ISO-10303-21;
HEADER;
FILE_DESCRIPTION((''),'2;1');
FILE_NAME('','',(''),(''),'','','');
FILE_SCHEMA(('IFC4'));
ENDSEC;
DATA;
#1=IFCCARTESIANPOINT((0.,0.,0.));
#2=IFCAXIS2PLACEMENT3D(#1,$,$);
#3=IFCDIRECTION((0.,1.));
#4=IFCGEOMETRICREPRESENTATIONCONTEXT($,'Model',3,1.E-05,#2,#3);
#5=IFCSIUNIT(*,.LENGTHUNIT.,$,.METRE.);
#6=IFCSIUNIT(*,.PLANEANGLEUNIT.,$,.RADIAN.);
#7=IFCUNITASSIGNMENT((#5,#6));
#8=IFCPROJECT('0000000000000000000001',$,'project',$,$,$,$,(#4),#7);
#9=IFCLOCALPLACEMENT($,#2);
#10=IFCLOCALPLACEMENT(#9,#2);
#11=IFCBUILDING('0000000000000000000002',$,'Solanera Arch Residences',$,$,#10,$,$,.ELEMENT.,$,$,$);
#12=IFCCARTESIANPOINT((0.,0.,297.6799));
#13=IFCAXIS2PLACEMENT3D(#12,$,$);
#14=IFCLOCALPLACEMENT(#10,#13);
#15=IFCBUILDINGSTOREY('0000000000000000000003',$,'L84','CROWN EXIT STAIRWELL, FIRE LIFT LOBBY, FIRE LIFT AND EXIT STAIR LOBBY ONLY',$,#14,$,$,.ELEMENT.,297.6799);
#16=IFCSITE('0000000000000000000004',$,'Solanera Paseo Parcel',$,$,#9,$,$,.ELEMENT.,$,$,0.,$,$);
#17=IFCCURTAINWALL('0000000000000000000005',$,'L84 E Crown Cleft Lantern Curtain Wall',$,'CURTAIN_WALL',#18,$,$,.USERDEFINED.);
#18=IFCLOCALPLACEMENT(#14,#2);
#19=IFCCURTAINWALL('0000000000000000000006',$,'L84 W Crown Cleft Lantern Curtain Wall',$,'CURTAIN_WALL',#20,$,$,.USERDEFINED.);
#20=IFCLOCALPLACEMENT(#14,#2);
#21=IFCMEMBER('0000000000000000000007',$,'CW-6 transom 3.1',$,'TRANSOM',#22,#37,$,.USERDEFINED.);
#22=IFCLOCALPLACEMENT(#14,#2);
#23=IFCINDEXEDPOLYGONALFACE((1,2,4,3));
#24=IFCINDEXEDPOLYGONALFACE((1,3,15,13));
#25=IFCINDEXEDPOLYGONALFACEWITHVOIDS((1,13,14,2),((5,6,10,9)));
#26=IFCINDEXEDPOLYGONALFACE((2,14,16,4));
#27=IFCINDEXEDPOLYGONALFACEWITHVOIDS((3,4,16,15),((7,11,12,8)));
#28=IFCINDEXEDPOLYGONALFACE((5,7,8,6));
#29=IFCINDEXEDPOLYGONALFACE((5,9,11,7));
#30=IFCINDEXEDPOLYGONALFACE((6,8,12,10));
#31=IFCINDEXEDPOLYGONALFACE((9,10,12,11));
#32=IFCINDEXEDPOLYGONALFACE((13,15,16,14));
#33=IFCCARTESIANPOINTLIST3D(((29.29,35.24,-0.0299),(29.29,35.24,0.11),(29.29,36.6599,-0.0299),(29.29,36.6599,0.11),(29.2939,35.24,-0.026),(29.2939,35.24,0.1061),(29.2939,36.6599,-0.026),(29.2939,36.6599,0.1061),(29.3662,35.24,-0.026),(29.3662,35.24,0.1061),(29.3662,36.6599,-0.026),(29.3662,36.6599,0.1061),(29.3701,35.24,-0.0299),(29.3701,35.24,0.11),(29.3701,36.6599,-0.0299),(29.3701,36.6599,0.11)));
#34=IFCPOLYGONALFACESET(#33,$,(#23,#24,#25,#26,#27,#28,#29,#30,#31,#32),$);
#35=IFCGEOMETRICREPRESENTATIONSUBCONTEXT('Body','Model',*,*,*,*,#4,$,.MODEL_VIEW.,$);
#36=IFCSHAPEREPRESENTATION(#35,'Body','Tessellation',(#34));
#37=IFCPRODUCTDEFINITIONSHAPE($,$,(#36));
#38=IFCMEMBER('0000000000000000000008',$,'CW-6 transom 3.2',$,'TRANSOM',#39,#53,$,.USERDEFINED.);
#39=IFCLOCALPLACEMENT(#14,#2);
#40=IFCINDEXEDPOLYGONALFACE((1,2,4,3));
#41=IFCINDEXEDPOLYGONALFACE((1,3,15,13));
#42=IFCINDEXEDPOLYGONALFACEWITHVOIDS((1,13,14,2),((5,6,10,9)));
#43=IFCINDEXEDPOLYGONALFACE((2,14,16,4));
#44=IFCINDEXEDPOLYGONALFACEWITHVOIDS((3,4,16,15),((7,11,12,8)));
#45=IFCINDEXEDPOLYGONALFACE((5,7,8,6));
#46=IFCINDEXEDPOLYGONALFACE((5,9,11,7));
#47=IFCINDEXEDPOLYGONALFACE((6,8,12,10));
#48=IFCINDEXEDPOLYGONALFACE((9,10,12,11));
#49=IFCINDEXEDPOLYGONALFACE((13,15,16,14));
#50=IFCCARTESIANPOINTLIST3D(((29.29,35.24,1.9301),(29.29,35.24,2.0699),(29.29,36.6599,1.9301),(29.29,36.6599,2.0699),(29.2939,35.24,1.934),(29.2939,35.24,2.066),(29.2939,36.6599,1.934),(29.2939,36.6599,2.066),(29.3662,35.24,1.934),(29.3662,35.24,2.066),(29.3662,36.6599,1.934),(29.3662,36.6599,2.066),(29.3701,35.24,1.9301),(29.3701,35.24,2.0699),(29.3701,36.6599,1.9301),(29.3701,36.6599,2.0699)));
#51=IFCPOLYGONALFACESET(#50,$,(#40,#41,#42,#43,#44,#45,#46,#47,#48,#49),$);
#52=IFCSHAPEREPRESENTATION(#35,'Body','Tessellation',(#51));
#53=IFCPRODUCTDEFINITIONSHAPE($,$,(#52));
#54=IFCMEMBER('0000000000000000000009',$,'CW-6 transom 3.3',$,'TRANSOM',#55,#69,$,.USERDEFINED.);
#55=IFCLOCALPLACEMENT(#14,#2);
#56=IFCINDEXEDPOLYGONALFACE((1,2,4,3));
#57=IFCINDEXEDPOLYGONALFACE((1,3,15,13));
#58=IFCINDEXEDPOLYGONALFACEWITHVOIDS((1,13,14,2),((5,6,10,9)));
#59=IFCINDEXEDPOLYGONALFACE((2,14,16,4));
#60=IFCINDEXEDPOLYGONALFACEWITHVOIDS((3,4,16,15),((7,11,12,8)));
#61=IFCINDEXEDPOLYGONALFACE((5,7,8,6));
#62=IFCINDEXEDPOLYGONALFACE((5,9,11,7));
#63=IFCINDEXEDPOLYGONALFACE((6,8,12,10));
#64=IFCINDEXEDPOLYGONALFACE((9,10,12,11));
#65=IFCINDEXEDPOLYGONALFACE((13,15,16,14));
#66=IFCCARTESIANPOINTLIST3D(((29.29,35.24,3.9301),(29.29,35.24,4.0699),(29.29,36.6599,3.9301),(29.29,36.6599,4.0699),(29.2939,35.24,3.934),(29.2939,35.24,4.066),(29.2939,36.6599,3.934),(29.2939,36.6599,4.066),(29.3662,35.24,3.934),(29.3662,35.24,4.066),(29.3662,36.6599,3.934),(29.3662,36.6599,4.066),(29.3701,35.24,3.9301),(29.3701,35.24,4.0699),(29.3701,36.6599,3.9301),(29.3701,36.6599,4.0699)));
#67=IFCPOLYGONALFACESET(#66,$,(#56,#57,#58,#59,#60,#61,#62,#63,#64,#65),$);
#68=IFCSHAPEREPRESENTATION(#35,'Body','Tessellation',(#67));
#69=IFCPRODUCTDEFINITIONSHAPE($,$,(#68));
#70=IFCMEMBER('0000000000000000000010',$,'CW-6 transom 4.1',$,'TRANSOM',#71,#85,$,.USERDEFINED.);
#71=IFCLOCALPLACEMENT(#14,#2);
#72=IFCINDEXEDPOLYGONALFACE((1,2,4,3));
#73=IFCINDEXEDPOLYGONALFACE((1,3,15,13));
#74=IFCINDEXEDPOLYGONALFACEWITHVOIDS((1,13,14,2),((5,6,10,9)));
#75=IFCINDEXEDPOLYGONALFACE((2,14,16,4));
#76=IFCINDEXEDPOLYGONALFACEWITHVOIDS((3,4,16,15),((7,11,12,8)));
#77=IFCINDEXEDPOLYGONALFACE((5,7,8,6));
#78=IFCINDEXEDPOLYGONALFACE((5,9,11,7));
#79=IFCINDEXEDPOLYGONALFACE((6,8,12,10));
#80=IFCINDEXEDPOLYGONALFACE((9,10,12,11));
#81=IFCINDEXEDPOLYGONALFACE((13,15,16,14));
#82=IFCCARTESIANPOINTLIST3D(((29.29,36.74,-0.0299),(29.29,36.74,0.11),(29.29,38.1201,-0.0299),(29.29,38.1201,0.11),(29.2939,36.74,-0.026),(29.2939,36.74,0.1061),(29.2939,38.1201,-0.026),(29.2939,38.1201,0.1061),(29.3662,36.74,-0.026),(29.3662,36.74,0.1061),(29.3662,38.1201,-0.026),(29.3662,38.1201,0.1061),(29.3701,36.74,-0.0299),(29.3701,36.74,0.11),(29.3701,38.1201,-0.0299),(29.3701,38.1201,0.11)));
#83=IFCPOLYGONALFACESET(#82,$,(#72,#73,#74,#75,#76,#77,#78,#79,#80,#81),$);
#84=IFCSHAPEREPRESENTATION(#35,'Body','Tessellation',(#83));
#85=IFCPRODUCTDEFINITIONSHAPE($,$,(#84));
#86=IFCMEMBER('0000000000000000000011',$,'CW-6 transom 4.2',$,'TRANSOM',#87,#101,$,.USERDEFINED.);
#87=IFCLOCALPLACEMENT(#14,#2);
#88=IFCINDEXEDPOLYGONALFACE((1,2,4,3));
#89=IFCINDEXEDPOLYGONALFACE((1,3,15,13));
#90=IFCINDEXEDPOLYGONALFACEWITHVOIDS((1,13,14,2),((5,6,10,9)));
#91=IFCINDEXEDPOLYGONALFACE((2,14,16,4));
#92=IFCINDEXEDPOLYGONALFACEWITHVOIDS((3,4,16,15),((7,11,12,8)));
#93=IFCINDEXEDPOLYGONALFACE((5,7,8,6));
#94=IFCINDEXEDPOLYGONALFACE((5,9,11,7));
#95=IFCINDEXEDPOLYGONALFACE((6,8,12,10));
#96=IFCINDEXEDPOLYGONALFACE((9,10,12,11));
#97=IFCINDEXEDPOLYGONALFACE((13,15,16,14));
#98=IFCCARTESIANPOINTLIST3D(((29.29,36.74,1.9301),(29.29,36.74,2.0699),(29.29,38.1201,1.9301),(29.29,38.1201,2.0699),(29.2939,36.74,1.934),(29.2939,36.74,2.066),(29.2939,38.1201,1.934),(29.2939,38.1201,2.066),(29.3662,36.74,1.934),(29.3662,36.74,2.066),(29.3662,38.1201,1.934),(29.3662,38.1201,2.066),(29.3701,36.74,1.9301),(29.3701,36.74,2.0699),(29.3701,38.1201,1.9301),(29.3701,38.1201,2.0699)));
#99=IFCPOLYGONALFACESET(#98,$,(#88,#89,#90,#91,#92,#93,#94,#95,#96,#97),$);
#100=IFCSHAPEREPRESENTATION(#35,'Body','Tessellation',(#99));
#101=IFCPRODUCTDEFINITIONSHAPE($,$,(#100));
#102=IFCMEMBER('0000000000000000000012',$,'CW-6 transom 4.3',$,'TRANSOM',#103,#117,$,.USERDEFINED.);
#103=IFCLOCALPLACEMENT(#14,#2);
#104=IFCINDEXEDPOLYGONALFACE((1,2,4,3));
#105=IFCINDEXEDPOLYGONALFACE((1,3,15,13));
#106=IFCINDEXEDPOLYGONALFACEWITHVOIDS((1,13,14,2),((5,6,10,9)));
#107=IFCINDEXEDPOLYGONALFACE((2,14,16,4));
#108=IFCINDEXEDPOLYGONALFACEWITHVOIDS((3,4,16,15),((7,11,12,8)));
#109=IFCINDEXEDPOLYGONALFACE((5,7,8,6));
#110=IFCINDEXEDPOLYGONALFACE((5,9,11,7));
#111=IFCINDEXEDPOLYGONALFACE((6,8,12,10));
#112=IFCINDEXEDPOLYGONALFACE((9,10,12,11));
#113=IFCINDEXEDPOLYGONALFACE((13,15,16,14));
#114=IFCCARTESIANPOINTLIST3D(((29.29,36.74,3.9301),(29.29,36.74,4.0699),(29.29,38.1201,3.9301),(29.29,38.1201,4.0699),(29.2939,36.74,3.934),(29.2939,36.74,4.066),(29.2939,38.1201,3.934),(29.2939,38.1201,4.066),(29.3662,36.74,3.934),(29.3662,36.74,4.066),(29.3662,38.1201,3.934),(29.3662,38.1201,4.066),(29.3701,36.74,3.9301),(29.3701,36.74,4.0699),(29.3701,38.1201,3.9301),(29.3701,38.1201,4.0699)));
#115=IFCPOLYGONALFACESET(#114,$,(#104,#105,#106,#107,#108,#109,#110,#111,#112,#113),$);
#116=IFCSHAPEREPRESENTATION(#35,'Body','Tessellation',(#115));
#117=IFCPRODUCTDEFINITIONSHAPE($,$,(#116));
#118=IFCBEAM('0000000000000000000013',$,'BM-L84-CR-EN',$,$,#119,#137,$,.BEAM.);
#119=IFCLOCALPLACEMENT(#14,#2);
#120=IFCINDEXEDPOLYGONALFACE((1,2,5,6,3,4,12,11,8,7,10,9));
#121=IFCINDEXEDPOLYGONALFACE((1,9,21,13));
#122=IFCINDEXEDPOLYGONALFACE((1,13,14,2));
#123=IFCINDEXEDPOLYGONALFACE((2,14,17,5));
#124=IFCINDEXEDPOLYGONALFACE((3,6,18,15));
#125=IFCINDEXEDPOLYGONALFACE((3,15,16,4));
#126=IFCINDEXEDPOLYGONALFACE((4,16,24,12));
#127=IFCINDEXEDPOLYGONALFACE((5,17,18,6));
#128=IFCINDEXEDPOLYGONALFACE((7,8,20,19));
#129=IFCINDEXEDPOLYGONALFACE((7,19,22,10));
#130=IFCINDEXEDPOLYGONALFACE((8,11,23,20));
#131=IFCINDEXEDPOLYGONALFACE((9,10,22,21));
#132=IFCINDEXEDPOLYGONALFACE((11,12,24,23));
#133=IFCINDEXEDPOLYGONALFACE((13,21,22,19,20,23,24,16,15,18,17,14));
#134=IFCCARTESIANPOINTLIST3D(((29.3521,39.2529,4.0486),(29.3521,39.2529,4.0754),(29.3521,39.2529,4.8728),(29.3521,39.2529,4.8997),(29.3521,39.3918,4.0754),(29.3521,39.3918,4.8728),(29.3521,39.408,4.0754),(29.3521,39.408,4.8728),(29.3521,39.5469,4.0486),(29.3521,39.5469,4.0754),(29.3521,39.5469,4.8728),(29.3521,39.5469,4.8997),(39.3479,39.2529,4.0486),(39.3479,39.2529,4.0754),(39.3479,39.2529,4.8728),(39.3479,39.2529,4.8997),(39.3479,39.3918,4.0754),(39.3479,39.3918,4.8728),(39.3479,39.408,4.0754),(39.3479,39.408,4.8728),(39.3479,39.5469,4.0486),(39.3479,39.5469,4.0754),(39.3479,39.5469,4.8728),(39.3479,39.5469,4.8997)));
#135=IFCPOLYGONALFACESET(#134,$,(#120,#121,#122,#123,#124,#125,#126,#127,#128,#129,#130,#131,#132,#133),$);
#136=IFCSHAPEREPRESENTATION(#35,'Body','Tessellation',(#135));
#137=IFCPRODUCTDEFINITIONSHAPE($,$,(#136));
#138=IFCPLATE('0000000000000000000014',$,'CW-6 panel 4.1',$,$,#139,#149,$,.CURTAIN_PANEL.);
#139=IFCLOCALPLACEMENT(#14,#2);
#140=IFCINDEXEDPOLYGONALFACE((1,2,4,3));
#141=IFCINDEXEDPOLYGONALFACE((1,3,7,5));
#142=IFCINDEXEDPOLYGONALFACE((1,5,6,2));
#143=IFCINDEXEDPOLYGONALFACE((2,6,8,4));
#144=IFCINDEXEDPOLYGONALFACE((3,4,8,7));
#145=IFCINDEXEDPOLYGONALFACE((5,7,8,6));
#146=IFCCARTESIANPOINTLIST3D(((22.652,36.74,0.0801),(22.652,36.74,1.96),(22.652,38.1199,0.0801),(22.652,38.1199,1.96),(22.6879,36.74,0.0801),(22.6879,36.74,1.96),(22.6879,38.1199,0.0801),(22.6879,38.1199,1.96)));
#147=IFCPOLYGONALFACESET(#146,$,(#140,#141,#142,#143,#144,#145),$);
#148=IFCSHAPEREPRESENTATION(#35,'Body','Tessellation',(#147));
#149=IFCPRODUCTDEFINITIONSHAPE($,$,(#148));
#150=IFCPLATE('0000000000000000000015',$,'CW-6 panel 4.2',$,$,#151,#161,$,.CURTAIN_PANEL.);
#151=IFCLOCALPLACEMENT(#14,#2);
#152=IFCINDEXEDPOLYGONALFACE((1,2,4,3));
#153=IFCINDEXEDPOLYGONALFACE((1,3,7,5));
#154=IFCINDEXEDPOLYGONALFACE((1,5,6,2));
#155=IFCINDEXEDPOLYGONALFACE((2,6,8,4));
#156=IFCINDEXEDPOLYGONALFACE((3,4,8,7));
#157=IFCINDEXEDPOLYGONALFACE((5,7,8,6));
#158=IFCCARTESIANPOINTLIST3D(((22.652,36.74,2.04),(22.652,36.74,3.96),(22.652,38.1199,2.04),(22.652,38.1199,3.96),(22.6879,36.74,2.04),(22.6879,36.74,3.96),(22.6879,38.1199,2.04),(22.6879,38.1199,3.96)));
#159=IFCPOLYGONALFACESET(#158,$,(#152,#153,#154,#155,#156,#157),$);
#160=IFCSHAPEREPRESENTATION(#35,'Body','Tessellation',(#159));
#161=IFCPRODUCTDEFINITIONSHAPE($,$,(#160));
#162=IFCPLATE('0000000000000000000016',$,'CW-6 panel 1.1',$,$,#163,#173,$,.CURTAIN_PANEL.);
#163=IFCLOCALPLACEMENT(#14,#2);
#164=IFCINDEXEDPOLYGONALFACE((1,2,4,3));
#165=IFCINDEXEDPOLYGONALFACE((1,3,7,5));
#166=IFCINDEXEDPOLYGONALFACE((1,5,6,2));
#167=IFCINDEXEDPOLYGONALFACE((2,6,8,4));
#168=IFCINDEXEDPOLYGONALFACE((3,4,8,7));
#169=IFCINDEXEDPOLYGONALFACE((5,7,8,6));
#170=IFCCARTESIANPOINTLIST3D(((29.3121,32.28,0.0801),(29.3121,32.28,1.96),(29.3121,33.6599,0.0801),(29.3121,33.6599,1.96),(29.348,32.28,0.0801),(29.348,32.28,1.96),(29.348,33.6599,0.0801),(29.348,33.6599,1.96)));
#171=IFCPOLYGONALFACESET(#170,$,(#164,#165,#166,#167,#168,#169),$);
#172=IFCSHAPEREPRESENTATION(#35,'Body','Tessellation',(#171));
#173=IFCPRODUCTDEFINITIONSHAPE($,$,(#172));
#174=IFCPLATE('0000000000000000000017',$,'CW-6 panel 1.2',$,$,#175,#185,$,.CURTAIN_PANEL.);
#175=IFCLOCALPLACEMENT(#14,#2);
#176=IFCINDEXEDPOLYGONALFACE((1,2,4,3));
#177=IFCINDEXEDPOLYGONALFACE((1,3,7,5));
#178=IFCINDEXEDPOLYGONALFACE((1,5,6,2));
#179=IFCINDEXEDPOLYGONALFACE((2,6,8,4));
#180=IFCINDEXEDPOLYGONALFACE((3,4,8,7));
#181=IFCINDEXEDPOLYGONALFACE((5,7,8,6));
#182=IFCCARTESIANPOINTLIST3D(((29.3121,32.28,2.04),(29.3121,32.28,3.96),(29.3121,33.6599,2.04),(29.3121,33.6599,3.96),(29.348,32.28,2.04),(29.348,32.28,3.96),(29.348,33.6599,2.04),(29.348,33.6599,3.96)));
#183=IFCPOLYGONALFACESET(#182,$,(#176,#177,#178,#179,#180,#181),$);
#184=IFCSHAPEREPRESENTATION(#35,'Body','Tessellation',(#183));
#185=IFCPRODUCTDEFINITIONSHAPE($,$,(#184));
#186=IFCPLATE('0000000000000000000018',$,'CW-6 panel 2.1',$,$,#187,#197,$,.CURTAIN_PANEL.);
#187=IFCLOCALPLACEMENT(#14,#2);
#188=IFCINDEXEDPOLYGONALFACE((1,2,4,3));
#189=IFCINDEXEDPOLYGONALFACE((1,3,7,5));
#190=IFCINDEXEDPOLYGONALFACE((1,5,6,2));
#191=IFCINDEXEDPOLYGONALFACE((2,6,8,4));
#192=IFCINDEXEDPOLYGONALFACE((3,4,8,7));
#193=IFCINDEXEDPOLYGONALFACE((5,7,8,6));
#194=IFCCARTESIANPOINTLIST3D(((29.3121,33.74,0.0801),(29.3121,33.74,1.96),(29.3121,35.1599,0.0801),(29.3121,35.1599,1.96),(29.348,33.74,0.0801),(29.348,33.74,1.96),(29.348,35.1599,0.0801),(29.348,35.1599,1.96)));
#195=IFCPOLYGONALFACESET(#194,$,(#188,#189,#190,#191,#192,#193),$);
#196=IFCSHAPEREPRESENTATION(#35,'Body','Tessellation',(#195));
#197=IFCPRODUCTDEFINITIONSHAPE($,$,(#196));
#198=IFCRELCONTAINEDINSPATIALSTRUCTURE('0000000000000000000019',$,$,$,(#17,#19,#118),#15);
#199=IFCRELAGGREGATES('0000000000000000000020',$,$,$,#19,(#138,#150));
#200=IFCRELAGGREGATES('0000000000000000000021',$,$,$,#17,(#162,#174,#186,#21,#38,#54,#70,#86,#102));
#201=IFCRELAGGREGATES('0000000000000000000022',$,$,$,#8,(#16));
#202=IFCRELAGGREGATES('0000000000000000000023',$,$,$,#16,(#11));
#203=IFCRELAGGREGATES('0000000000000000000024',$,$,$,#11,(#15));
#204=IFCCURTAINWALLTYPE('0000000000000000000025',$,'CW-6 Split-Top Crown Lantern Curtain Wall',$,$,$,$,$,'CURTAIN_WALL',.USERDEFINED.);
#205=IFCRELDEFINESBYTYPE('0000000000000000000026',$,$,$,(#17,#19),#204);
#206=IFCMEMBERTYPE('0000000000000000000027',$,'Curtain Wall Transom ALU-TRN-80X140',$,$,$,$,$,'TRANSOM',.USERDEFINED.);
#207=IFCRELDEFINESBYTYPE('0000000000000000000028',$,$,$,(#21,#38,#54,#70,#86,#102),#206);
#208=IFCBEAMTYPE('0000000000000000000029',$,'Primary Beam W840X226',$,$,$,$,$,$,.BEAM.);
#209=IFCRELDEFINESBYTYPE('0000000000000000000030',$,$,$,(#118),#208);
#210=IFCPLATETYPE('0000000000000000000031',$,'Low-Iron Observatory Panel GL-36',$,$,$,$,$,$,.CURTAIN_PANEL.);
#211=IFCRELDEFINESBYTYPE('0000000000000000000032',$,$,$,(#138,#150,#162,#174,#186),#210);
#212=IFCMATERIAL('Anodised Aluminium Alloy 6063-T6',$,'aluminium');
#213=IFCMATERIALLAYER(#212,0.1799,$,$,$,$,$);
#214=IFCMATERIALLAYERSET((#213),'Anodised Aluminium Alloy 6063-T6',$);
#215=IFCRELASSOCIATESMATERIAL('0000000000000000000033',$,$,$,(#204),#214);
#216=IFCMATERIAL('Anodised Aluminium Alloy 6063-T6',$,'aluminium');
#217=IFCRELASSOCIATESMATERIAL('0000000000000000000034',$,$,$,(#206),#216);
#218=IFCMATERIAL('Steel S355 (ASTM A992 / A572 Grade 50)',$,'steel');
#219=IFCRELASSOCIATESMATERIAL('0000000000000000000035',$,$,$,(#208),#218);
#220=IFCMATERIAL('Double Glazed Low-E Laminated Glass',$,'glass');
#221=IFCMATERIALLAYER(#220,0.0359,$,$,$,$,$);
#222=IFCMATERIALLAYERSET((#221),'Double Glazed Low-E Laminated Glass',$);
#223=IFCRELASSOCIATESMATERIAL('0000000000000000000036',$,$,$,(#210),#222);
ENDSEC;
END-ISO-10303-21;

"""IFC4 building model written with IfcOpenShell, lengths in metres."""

from ifc_helpers import new_model, si_unit, direction, frame, origin, origin_2d, place, context, subcontext, project, spatial, rectangle, hollow_rectangle, i_section, extrude, material, layer, layer_set, material_profile, profile_set, type_object, element, aggregate, save


model = new_model("IFC4")

# Units and contexts
model_context = context("Model", 3, precision=1e-05, world=origin(), true_north=direction((0.0, 1.0)))
body_context = subcontext(model_context, "Body", "Model", "MODEL_VIEW")
ifc_project = project(units=[si_unit("LENGTHUNIT", "METRE"), si_unit("PLANEANGLEUNIT", "RADIAN")], contexts=[model_context])

# Site, building, storey
site_placement = place(None, origin())
site = spatial("IfcSite", under=ifc_project, at=site_placement, Name="Solanera Paseo Parcel", CompositionType="ELEMENT", RefElevation=0.0)
building_placement = place(site_placement, origin())
building = spatial("IfcBuilding", under=site, at=building_placement, Name="Solanera Arch Residences", CompositionType="ELEMENT")
storey_placement = place(building_placement, frame((0.0, 0.0, 297.6799)))
storey = spatial("IfcBuildingStorey", under=building, at=storey_placement, Name="L84", Description="CROWN EXIT STAIRWELL, FIRE LIFT LOBBY, FIRE LIFT AND EXIT STAIR LOBBY ONLY", CompositionType="ELEMENT", Elevation=297.6799)

# Curtain wall
ifc_material_1 = material(Name="Anodised Aluminium Alloy 6063-T6", Category="aluminium")
ifc_layer_1 = layer(ifc_material_1, 0.1799)
ifc_layer_set_1 = layer_set([ifc_layer_1], Name="Anodised Aluminium Alloy 6063-T6")
curtain_wall_type = type_object("IfcCurtainWallType", Name="CW-6 Split-Top Crown Lantern Curtain Wall", ElementType="CURTAIN_WALL", PredefinedType="USERDEFINED", material=ifc_layer_set_1)
curtain_wall_1_placement = place(storey_placement, origin())
curtain_wall_1 = element("IfcCurtainWall", 1, at=curtain_wall_1_placement, inside=storey, type_object=curtain_wall_type, Name="L84 E Crown Cleft Lantern Curtain Wall", ObjectType="CURTAIN_WALL", PredefinedType="USERDEFINED")

# Curtain wall
curtain_wall_2_placement = place(storey_placement, origin())
curtain_wall_2 = element("IfcCurtainWall", 2, at=curtain_wall_2_placement, inside=storey, type_object=curtain_wall_type, Name="L84 W Crown Cleft Lantern Curtain Wall", ObjectType="CURTAIN_WALL", PredefinedType="USERDEFINED")
ifc_material_2 = material(Name="Anodised Aluminium Alloy 6063-T6", Category="aluminium")
ifc_material_profile_1 = material_profile(ifc_material_2, hollow_rectangle(XDim=0.0801, YDim=0.1399, WallThickness=0.0039, at=origin_2d()))
ifc_profile_set_1 = profile_set([ifc_material_profile_1], Name="Anodised Aluminium Alloy 6063-T6")
member_type_1 = type_object("IfcMemberType", Name="Curtain Wall Transom ALU-TRN-80X140", ElementType="TRANSOM", PredefinedType="USERDEFINED", material=ifc_profile_set_1)

# Members
member_1_placement = place(storey_placement, frame((29.3301, 35.24, 0.04), z_axis=(0.0, 1.0, 0.0), x_axis=(-1.0, 0.0, 0.0)))
member_1 = element("IfcMember", 3, at=member_1_placement, type_object=member_type_1, Name="CW-6 transom 3.1", ObjectType="TRANSOM", PredefinedType="USERDEFINED", context=body_context, shape_type="SweptSolid", body=[
    extrude(hollow_rectangle(XDim=0.0801, YDim=0.1399, WallThickness=0.0039, at=origin_2d()), origin(), (0.0, 0.0, 1.0), 1.4199),
])
member_2_placement = place(storey_placement, frame((29.3301, 35.24, 2.0), z_axis=(0.0, 1.0, 0.0), x_axis=(-1.0, 0.0, 0.0)))
member_2 = element("IfcMember", 4, at=member_2_placement, type_object=member_type_1, Name="CW-6 transom 3.2", ObjectType="TRANSOM", PredefinedType="USERDEFINED", context=body_context, shape_type="SweptSolid", body=[
    extrude(hollow_rectangle(XDim=0.0801, YDim=0.1399, WallThickness=0.0039, at=origin_2d()), origin(), (0.0, 0.0, 1.0), 1.4199),
])
member_3_placement = place(storey_placement, frame((29.3301, 35.24, 4.0), z_axis=(0.0, 1.0, 0.0), x_axis=(-1.0, 0.0, 0.0)))
member_3 = element("IfcMember", 5, at=member_3_placement, type_object=member_type_1, Name="CW-6 transom 3.3", ObjectType="TRANSOM", PredefinedType="USERDEFINED", context=body_context, shape_type="SweptSolid", body=[
    extrude(hollow_rectangle(XDim=0.0801, YDim=0.1399, WallThickness=0.0039, at=origin_2d()), origin(), (0.0, 0.0, 1.0), 1.4199),
])
member_4_placement = place(storey_placement, frame((29.3301, 36.74, 0.04), z_axis=(0.0, 1.0, 0.0), x_axis=(-1.0, 0.0, 0.0)))
member_4 = element("IfcMember", 6, at=member_4_placement, type_object=member_type_1, Name="CW-6 transom 4.1", ObjectType="TRANSOM", PredefinedType="USERDEFINED", context=body_context, shape_type="SweptSolid", body=[
    extrude(hollow_rectangle(XDim=0.0801, YDim=0.1399, WallThickness=0.0039, at=origin_2d()), origin(), (0.0, 0.0, 1.0), 1.3801),
])
member_5_placement = place(storey_placement, frame((29.3301, 36.74, 2.0), z_axis=(0.0, 1.0, 0.0), x_axis=(-1.0, 0.0, 0.0)))
member_5 = element("IfcMember", 7, at=member_5_placement, type_object=member_type_1, Name="CW-6 transom 4.2", ObjectType="TRANSOM", PredefinedType="USERDEFINED", context=body_context, shape_type="SweptSolid", body=[
    extrude(hollow_rectangle(XDim=0.0801, YDim=0.1399, WallThickness=0.0039, at=origin_2d()), origin(), (0.0, 0.0, 1.0), 1.3801),
])
member_6_placement = place(storey_placement, frame((29.3301, 36.74, 4.0), z_axis=(0.0, 1.0, 0.0), x_axis=(-1.0, 0.0, 0.0)))
member_6 = element("IfcMember", 8, at=member_6_placement, type_object=member_type_1, Name="CW-6 transom 4.3", ObjectType="TRANSOM", PredefinedType="USERDEFINED", context=body_context, shape_type="SweptSolid", body=[
    extrude(hollow_rectangle(XDim=0.0801, YDim=0.1399, WallThickness=0.0039, at=origin_2d()), origin(), (0.0, 0.0, 1.0), 1.3801),
])

# Beam
ifc_material_3 = material(Name="Steel S355 (ASTM A992 / A572 Grade 50)", Category="steel")
ifc_material_profile_2 = material_profile(ifc_material_3, i_section(OverallWidth=0.2939, OverallDepth=0.8511, WebThickness=0.0161, FlangeThickness=0.0269, at=origin_2d()))
ifc_profile_set_2 = profile_set([ifc_material_profile_2], Name="Steel S355 (ASTM A992 / A572 Grade 50)")
beam_type = type_object("IfcBeamType", Name="Primary Beam W840X226", PredefinedType="BEAM", material=ifc_profile_set_2)
beam_placement = place(storey_placement, frame((29.3521, 39.3999, 4.4741), z_axis=(1.0, 0.0, 0.0), x_axis=(0.0, 1.0, 0.0)))
element("IfcBeam", 9, at=beam_placement, inside=storey, type_object=beam_type, Name="BM-L84-CR-EN", PredefinedType="BEAM", context=body_context, shape_type="SweptSolid", body=[
    extrude(i_section(OverallWidth=0.2939, OverallDepth=0.8511, WebThickness=0.0161, FlangeThickness=0.0269, at=origin_2d()), origin(), (0.0, 0.0, 1.0), 9.9958),
])

# Plates
ifc_material_4 = material(Name="Double Glazed Low-E Laminated Glass", Category="glass")
ifc_layer_2 = layer(ifc_material_4, 0.0359)
ifc_layer_set_2 = layer_set([ifc_layer_2], Name="Double Glazed Low-E Laminated Glass")
plate_type = type_object("IfcPlateType", Name="Low-Iron Observatory Panel GL-36", PredefinedType="CURTAIN_PANEL", material=ifc_layer_set_2)
plate_1_placement = place(storey_placement, frame((22.6699, 37.4299, 0.0801), z_axis=(0.0, 0.0, 1.0), x_axis=(0.0, 1.0, 0.0)))
plate_1 = element("IfcPlate", 10, at=plate_1_placement, type_object=plate_type, Name="CW-6 panel 4.1", PredefinedType="CURTAIN_PANEL", context=body_context, shape_type="SweptSolid", body=[
    extrude(rectangle(XDim=1.3799, YDim=0.0359, at=origin_2d()), origin(), (0.0, 0.0, 1.0), 1.8799),
])
plate_2_placement = place(storey_placement, frame((22.6699, 37.4299, 2.04), z_axis=(0.0, 0.0, 1.0), x_axis=(0.0, 1.0, 0.0)))
plate_2 = element("IfcPlate", 11, at=plate_2_placement, type_object=plate_type, Name="CW-6 panel 4.2", PredefinedType="CURTAIN_PANEL", context=body_context, shape_type="SweptSolid", body=[
    extrude(rectangle(XDim=1.3799, YDim=0.0359, at=origin_2d()), origin(), (0.0, 0.0, 1.0), 1.9199),
])
aggregate(curtain_wall_2, [plate_1, plate_2])
plate_3_placement = place(storey_placement, frame((29.3301, 32.97, 0.0801), z_axis=(0.0, 0.0, 1.0), x_axis=(0.0, 1.0, 0.0)))
plate_3 = element("IfcPlate", 12, at=plate_3_placement, type_object=plate_type, Name="CW-6 panel 1.1", PredefinedType="CURTAIN_PANEL", context=body_context, shape_type="SweptSolid", body=[
    extrude(rectangle(XDim=1.3799, YDim=0.0359, at=origin_2d()), origin(), (0.0, 0.0, 1.0), 1.8799),
])
plate_4_placement = place(storey_placement, frame((29.3301, 32.97, 2.04), z_axis=(0.0, 0.0, 1.0), x_axis=(0.0, 1.0, 0.0)))
plate_4 = element("IfcPlate", 13, at=plate_4_placement, type_object=plate_type, Name="CW-6 panel 1.2", PredefinedType="CURTAIN_PANEL", context=body_context, shape_type="SweptSolid", body=[
    extrude(rectangle(XDim=1.3799, YDim=0.0359, at=origin_2d()), origin(), (0.0, 0.0, 1.0), 1.9199),
])
plate_5_placement = place(storey_placement, frame((29.3301, 34.45, 0.0801), z_axis=(0.0, 0.0, 1.0), x_axis=(0.0, 1.0, 0.0)))
plate_5 = element("IfcPlate", 14, at=plate_5_placement, type_object=plate_type, Name="CW-6 panel 2.1", PredefinedType="CURTAIN_PANEL", context=body_context, shape_type="SweptSolid", body=[
    extrude(rectangle(XDim=1.4199, YDim=0.0359, at=origin_2d()), origin(), (0.0, 0.0, 1.0), 1.8799),
])
aggregate(curtain_wall_1, [plate_3, plate_4, plate_5, member_1, member_2, member_3, member_4, member_5, member_6])

save(model, "model.ifc")
